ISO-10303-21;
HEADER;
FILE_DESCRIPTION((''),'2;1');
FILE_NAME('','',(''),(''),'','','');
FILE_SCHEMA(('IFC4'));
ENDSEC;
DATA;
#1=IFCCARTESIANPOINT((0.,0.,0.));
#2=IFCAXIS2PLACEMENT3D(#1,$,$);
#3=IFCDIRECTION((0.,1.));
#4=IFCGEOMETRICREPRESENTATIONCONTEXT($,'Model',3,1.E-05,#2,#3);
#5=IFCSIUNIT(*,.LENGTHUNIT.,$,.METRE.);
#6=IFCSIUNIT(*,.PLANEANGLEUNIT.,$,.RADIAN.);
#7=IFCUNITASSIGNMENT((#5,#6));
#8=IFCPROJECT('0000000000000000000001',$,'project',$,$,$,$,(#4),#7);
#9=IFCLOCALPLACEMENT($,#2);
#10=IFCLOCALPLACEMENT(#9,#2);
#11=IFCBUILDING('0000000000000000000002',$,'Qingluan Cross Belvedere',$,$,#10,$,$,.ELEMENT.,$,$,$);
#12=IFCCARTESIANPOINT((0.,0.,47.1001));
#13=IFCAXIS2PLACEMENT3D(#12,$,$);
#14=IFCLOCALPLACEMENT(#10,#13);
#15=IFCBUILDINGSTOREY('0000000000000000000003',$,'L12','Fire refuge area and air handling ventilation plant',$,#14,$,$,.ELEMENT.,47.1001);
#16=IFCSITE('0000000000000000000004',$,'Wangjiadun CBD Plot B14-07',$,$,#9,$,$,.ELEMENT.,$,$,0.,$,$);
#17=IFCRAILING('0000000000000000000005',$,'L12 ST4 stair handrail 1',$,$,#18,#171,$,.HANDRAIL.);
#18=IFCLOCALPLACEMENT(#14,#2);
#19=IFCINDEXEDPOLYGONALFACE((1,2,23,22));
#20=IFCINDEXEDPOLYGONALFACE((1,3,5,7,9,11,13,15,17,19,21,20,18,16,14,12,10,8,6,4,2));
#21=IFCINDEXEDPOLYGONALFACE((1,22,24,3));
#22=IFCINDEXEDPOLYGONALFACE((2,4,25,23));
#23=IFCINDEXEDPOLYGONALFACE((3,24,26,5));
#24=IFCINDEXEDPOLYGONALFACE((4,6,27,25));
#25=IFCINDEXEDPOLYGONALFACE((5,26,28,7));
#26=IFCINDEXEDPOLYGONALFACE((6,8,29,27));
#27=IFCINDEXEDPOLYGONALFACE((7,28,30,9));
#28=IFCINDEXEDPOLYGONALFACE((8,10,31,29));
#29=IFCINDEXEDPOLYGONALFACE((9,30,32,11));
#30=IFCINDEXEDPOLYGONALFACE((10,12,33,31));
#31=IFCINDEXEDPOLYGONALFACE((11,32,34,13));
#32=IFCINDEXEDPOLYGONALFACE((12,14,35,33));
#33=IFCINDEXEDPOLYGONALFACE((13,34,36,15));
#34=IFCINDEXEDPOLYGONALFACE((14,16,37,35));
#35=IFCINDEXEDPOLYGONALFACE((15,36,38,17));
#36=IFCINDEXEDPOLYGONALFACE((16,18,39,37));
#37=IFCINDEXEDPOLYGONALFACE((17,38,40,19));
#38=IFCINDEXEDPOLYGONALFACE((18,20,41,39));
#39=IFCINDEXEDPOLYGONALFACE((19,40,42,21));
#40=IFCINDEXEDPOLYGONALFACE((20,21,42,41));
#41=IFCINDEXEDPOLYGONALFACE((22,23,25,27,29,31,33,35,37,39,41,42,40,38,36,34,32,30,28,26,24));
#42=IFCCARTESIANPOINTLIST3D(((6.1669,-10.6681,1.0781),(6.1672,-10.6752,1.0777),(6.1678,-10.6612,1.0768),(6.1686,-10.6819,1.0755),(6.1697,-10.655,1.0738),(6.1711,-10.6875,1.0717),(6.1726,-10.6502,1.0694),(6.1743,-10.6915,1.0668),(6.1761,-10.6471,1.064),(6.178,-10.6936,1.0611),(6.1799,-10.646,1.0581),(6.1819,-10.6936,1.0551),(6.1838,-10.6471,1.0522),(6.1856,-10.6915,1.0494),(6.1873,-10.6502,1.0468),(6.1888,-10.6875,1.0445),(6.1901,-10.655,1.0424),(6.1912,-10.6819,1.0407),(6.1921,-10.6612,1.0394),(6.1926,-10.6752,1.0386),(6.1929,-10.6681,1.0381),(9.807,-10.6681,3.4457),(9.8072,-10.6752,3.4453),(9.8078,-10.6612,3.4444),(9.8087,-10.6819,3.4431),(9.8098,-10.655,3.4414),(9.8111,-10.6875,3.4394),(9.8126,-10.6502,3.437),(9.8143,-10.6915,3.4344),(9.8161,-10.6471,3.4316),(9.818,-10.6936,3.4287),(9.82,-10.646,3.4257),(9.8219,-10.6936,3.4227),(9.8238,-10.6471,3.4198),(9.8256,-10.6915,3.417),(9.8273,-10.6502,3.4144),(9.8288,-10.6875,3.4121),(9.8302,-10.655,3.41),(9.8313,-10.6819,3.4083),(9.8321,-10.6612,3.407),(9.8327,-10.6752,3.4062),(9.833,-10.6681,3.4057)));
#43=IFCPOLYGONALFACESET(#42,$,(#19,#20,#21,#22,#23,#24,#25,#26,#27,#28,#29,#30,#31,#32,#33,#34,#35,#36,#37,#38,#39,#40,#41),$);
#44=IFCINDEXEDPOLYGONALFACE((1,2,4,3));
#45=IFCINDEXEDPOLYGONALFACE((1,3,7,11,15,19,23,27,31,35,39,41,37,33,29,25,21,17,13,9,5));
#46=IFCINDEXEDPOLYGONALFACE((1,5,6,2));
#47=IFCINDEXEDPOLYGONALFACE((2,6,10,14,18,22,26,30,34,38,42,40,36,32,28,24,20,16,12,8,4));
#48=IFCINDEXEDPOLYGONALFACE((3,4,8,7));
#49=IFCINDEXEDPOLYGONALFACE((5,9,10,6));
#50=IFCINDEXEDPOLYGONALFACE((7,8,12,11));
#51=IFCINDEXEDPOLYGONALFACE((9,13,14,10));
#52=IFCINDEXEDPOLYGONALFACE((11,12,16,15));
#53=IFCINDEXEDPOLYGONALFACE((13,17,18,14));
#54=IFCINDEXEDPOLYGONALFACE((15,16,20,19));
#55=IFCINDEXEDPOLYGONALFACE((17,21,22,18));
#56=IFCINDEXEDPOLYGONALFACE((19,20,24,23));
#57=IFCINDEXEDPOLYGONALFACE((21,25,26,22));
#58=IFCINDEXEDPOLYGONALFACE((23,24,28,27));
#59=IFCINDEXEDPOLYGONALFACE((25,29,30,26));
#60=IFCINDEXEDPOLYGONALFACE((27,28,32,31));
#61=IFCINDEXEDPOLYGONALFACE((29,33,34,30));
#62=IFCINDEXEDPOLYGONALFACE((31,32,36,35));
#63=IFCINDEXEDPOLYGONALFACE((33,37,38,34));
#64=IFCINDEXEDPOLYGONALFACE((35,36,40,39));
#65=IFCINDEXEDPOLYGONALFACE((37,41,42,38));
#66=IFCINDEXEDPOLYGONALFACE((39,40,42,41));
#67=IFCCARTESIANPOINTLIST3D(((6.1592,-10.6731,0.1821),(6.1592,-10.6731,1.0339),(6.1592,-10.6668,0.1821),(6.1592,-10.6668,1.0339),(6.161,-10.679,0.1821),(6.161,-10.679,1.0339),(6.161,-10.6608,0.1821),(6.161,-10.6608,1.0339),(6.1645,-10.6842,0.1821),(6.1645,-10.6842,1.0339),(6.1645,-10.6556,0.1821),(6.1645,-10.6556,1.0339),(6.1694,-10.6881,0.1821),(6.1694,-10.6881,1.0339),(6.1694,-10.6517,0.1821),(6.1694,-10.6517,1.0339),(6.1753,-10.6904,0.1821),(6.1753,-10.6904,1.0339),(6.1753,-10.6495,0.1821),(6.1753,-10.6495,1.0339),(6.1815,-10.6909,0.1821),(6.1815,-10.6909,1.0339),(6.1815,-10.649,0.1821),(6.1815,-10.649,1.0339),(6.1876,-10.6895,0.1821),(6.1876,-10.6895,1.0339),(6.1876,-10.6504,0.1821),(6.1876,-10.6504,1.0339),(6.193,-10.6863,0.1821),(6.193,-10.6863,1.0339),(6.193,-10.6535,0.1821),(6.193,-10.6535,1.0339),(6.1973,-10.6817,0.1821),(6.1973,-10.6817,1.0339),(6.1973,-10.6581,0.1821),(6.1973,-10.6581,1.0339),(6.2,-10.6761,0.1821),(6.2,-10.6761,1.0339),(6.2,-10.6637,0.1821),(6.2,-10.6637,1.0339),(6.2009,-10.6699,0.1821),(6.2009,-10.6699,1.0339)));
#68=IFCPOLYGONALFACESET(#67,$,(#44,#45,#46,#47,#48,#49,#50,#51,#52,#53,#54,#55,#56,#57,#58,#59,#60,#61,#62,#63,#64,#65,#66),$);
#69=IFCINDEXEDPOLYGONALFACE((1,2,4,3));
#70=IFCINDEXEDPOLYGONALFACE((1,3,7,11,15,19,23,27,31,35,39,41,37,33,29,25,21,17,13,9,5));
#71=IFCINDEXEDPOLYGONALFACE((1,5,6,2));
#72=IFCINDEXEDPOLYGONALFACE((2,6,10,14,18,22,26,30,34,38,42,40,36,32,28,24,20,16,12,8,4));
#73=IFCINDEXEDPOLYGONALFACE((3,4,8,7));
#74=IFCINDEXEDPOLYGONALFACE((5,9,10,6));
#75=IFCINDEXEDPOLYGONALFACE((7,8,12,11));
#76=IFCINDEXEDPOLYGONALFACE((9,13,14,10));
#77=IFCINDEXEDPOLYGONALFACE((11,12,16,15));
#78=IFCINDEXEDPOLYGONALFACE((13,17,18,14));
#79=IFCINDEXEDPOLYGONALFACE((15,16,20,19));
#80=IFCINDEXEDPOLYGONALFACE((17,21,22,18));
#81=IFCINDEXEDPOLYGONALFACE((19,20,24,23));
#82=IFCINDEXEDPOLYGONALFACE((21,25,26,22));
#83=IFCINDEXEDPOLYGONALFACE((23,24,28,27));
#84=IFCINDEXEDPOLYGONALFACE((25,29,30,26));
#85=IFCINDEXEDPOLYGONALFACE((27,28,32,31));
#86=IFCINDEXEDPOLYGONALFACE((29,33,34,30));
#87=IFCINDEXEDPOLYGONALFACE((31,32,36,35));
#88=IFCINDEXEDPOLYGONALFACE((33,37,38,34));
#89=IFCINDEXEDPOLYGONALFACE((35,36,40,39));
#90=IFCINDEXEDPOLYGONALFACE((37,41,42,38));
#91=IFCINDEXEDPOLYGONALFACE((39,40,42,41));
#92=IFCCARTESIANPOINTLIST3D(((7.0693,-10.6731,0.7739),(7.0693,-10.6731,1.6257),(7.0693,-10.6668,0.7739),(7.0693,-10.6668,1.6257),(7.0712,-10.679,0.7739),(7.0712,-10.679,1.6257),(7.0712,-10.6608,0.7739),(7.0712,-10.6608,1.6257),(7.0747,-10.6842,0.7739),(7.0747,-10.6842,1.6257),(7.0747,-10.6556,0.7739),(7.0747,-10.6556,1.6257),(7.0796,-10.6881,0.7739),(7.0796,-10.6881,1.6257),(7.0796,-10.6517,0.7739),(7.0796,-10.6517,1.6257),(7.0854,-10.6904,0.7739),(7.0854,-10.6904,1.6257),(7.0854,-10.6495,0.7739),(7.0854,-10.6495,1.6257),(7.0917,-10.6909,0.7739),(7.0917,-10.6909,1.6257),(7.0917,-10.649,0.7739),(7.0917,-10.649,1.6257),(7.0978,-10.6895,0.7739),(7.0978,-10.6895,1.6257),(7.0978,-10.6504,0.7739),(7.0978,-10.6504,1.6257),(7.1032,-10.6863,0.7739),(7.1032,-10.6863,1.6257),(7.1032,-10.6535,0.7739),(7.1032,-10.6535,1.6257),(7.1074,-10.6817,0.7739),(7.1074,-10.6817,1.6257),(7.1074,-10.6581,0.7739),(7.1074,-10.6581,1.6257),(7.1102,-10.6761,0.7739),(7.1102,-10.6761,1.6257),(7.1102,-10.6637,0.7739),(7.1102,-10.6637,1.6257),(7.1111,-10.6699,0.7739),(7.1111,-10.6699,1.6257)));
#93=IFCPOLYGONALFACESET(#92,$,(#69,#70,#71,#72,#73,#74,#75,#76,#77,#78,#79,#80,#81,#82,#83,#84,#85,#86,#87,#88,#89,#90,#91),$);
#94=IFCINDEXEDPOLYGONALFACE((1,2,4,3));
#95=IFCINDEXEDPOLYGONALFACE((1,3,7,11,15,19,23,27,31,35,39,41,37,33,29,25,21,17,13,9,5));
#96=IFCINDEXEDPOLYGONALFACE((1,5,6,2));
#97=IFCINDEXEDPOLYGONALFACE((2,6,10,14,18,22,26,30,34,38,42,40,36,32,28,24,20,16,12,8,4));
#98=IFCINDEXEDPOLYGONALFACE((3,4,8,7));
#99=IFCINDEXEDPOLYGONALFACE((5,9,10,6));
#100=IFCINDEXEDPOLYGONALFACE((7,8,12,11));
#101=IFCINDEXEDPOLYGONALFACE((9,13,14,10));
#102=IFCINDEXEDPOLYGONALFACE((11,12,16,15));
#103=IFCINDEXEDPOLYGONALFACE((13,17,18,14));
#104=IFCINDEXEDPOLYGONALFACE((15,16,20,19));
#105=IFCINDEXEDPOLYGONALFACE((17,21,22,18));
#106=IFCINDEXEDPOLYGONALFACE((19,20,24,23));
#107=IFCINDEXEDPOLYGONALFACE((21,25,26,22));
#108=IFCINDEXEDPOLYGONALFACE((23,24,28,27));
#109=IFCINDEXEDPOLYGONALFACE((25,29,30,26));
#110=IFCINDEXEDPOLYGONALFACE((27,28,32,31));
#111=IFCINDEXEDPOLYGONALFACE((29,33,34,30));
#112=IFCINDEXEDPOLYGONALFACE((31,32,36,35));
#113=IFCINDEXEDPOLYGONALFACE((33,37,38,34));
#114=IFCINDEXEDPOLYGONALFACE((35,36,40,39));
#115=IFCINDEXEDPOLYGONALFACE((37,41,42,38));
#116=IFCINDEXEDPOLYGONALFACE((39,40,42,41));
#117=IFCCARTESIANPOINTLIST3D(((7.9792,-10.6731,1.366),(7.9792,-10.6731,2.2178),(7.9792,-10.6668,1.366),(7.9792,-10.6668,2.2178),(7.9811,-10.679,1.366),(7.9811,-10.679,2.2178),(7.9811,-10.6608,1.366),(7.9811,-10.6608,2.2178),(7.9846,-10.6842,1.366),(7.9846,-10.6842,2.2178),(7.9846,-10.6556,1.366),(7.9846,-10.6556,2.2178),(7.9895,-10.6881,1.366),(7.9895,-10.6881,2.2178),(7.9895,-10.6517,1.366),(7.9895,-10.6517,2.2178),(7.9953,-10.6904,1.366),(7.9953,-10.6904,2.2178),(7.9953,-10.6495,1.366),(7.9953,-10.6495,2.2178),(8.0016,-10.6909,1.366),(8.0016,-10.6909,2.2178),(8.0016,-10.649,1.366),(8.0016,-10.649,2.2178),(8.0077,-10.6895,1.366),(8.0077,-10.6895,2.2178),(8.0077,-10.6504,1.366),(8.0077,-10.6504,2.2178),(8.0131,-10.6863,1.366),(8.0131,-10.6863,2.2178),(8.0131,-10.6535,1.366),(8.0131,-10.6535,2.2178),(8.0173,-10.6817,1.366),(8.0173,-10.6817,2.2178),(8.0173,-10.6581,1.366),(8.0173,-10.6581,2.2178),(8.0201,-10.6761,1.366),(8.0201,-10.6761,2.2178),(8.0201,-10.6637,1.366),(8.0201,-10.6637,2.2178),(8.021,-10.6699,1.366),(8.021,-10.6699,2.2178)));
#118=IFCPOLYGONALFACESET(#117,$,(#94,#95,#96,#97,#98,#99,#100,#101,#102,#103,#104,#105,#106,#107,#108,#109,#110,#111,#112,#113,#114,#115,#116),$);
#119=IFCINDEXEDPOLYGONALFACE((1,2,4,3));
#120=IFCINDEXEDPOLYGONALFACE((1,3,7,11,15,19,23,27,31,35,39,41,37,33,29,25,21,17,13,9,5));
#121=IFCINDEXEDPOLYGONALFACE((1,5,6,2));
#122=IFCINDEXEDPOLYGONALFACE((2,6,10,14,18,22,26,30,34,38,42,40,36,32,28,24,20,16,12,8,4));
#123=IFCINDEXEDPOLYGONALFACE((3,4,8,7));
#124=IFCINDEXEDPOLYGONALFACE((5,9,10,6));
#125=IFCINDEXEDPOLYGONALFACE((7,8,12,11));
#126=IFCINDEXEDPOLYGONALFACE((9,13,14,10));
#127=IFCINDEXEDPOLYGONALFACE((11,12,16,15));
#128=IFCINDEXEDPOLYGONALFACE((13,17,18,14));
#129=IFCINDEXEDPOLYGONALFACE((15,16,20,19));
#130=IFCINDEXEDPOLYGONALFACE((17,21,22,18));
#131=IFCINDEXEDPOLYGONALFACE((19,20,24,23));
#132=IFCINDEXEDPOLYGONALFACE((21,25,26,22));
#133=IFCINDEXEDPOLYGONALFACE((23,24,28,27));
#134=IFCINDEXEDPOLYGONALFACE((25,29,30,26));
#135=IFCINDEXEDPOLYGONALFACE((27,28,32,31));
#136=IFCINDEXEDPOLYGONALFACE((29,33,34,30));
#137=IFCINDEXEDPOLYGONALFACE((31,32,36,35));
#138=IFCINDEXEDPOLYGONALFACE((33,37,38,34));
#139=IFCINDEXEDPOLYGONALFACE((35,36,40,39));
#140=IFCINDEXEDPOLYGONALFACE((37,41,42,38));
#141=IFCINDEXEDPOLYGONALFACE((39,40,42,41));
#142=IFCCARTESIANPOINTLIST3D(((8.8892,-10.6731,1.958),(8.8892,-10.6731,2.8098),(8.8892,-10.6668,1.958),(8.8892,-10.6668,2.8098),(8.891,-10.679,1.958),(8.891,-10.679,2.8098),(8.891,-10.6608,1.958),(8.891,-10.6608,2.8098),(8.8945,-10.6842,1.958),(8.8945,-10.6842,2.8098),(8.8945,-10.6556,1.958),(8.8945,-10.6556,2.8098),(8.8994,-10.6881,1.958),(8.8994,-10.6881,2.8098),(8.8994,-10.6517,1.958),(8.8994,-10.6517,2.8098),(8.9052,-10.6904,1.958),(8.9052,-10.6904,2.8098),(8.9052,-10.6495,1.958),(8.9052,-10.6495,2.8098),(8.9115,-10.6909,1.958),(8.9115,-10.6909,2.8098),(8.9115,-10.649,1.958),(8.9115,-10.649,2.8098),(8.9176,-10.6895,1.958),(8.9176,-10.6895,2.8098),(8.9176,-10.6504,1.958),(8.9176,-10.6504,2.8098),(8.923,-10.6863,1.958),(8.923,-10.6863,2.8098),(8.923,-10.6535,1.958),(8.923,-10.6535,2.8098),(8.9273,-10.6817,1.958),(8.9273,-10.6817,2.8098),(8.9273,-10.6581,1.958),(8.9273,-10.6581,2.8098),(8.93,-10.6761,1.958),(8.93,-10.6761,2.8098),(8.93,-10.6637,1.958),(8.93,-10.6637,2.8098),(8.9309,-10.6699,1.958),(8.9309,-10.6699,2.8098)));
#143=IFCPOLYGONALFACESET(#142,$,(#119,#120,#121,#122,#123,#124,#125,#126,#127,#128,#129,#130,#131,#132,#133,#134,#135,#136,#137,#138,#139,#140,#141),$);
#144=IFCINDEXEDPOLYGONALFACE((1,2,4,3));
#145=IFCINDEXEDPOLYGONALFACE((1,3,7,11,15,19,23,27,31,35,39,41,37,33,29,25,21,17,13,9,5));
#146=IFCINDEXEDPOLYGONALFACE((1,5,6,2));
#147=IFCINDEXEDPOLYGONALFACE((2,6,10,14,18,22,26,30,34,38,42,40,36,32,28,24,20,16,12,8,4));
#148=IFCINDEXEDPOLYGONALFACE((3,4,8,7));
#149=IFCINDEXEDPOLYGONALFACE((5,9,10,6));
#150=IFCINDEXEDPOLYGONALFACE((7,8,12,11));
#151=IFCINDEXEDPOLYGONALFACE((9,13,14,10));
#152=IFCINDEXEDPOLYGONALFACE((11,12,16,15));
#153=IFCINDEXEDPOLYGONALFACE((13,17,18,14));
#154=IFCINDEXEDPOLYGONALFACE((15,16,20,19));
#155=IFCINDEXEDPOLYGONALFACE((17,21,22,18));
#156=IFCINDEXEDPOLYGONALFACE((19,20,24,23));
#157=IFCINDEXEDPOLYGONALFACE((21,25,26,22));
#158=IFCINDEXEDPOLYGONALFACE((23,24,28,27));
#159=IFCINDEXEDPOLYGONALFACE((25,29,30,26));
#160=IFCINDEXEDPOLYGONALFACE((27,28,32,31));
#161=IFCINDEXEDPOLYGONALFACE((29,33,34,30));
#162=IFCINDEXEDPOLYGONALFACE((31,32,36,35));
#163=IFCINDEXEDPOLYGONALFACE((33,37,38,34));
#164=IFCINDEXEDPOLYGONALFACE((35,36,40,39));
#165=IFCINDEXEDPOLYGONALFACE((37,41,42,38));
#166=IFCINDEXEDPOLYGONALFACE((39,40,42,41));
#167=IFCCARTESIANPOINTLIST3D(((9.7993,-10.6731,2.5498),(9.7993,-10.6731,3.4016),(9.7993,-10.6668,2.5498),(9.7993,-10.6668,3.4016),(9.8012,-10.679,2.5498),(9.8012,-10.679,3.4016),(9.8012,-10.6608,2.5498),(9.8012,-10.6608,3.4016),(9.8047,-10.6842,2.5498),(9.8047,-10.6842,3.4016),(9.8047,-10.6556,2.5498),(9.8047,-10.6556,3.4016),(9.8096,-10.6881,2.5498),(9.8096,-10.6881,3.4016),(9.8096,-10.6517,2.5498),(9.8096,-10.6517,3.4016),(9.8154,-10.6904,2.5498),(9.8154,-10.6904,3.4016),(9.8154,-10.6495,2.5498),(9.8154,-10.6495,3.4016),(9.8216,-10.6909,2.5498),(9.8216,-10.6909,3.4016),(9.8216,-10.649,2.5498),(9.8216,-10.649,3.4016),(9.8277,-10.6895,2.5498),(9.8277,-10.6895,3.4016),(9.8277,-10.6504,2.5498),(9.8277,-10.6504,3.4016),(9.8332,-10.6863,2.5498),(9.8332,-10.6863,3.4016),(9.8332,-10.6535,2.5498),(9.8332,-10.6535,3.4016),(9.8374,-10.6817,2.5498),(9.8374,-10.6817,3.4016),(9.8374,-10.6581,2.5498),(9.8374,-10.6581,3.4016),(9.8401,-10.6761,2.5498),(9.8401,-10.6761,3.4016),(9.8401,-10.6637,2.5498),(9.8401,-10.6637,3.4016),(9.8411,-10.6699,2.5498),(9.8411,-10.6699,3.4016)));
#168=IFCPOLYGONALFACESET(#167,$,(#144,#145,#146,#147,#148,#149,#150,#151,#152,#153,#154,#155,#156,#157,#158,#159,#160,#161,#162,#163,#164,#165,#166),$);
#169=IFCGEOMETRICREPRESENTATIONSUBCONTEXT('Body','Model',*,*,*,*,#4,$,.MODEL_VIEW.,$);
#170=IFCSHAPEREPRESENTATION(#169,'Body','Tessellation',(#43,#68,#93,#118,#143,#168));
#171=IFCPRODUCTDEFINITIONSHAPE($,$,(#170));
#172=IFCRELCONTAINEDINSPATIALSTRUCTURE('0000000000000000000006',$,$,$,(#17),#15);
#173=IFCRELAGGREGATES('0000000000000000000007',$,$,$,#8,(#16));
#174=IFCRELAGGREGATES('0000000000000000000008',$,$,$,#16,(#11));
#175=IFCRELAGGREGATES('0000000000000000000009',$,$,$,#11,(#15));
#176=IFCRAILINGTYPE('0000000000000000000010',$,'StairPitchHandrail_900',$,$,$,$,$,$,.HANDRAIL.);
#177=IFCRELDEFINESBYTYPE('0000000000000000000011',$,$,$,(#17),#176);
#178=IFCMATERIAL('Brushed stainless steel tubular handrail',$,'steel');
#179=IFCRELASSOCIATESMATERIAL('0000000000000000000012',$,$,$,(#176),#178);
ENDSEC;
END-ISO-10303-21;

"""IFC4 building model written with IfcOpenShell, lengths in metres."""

from ifc_helpers import new_model, si_unit, direction, frame, origin, origin_2d, place, context, subcontext, project, spatial, circle, extrude, material, type_object, element, save


model = new_model("IFC4")

# Units and contexts
model_context = context("Model", 3, precision=1e-05, world=origin(), true_north=direction((0.0, 1.0)))
body_context = subcontext(model_context, "Body", "Model", "MODEL_VIEW")
ifc_project = project(units=[si_unit("LENGTHUNIT", "METRE"), si_unit("PLANEANGLEUNIT", "RADIAN")], contexts=[model_context])

# Site, building, storey
site_placement = place(None, origin())
site = spatial("IfcSite", under=ifc_project, at=site_placement, Name="Wangjiadun CBD Plot B14-07", CompositionType="ELEMENT", RefElevation=0.0)
building_placement = place(site_placement, origin())
building = spatial("IfcBuilding", under=site, at=building_placement, Name="Qingluan Cross Belvedere", CompositionType="ELEMENT")
storey_placement = place(building_placement, frame((0.0, 0.0, 47.1001)))
storey = spatial("IfcBuildingStorey", under=building, at=storey_placement, Name="L12", Description="Fire refuge area and air handling ventilation plant", CompositionType="ELEMENT", Elevation=47.1001)

# Railing
ifc_material_1 = material(Name="Brushed stainless steel tubular handrail", Category="steel")
railing_type_1 = type_object("IfcRailingType", Name="StairPitchHandrail_900", PredefinedType="HANDRAIL", material=ifc_material_1)
for number, where, name in (
    (1, (6.1799, -10.6699, 0.1821), "L12 ST4 stair handrail 1"),
):
    element("IfcRailing", number, at=place(storey_placement, frame(where)), inside=storey, type_object=railing_type_1, Name=name, PredefinedType="HANDRAIL", context=body_context, shape_type="SweptSolid", body=[
        extrude(circle(Radius=0.0239, at=origin_2d()), frame((0.0, 0.0, 0.876), z_axis=(0.838277, 0.0, 0.545245), x_axis=(0.0, 1.0, 0.0)), (0.0, 0.0, 1.0), 4.3423),
        extrude(circle(Radius=0.021, at=origin_2d()), origin(), (0.0, 0.0, 1.0), 0.8518),
        extrude(circle(Radius=0.021, at=origin_2d()), frame((0.9102, 0.0, 0.5918)), (0.0, 0.0, 1.0), 0.8518),
        extrude(circle(Radius=0.021, at=origin_2d()), frame((1.8201, 0.0, 1.1838)), (0.0, 0.0, 1.0), 0.8518),
        extrude(circle(Radius=0.021, at=origin_2d()), frame((2.73, 0.0, 1.7759)), (0.0, 0.0, 1.0), 0.8518),
        extrude(circle(Radius=0.021, at=origin_2d()), frame((3.6401, 0.0, 2.3677)), (0.0, 0.0, 1.0), 0.8518),
    ])

save(model, "model.ifc")
